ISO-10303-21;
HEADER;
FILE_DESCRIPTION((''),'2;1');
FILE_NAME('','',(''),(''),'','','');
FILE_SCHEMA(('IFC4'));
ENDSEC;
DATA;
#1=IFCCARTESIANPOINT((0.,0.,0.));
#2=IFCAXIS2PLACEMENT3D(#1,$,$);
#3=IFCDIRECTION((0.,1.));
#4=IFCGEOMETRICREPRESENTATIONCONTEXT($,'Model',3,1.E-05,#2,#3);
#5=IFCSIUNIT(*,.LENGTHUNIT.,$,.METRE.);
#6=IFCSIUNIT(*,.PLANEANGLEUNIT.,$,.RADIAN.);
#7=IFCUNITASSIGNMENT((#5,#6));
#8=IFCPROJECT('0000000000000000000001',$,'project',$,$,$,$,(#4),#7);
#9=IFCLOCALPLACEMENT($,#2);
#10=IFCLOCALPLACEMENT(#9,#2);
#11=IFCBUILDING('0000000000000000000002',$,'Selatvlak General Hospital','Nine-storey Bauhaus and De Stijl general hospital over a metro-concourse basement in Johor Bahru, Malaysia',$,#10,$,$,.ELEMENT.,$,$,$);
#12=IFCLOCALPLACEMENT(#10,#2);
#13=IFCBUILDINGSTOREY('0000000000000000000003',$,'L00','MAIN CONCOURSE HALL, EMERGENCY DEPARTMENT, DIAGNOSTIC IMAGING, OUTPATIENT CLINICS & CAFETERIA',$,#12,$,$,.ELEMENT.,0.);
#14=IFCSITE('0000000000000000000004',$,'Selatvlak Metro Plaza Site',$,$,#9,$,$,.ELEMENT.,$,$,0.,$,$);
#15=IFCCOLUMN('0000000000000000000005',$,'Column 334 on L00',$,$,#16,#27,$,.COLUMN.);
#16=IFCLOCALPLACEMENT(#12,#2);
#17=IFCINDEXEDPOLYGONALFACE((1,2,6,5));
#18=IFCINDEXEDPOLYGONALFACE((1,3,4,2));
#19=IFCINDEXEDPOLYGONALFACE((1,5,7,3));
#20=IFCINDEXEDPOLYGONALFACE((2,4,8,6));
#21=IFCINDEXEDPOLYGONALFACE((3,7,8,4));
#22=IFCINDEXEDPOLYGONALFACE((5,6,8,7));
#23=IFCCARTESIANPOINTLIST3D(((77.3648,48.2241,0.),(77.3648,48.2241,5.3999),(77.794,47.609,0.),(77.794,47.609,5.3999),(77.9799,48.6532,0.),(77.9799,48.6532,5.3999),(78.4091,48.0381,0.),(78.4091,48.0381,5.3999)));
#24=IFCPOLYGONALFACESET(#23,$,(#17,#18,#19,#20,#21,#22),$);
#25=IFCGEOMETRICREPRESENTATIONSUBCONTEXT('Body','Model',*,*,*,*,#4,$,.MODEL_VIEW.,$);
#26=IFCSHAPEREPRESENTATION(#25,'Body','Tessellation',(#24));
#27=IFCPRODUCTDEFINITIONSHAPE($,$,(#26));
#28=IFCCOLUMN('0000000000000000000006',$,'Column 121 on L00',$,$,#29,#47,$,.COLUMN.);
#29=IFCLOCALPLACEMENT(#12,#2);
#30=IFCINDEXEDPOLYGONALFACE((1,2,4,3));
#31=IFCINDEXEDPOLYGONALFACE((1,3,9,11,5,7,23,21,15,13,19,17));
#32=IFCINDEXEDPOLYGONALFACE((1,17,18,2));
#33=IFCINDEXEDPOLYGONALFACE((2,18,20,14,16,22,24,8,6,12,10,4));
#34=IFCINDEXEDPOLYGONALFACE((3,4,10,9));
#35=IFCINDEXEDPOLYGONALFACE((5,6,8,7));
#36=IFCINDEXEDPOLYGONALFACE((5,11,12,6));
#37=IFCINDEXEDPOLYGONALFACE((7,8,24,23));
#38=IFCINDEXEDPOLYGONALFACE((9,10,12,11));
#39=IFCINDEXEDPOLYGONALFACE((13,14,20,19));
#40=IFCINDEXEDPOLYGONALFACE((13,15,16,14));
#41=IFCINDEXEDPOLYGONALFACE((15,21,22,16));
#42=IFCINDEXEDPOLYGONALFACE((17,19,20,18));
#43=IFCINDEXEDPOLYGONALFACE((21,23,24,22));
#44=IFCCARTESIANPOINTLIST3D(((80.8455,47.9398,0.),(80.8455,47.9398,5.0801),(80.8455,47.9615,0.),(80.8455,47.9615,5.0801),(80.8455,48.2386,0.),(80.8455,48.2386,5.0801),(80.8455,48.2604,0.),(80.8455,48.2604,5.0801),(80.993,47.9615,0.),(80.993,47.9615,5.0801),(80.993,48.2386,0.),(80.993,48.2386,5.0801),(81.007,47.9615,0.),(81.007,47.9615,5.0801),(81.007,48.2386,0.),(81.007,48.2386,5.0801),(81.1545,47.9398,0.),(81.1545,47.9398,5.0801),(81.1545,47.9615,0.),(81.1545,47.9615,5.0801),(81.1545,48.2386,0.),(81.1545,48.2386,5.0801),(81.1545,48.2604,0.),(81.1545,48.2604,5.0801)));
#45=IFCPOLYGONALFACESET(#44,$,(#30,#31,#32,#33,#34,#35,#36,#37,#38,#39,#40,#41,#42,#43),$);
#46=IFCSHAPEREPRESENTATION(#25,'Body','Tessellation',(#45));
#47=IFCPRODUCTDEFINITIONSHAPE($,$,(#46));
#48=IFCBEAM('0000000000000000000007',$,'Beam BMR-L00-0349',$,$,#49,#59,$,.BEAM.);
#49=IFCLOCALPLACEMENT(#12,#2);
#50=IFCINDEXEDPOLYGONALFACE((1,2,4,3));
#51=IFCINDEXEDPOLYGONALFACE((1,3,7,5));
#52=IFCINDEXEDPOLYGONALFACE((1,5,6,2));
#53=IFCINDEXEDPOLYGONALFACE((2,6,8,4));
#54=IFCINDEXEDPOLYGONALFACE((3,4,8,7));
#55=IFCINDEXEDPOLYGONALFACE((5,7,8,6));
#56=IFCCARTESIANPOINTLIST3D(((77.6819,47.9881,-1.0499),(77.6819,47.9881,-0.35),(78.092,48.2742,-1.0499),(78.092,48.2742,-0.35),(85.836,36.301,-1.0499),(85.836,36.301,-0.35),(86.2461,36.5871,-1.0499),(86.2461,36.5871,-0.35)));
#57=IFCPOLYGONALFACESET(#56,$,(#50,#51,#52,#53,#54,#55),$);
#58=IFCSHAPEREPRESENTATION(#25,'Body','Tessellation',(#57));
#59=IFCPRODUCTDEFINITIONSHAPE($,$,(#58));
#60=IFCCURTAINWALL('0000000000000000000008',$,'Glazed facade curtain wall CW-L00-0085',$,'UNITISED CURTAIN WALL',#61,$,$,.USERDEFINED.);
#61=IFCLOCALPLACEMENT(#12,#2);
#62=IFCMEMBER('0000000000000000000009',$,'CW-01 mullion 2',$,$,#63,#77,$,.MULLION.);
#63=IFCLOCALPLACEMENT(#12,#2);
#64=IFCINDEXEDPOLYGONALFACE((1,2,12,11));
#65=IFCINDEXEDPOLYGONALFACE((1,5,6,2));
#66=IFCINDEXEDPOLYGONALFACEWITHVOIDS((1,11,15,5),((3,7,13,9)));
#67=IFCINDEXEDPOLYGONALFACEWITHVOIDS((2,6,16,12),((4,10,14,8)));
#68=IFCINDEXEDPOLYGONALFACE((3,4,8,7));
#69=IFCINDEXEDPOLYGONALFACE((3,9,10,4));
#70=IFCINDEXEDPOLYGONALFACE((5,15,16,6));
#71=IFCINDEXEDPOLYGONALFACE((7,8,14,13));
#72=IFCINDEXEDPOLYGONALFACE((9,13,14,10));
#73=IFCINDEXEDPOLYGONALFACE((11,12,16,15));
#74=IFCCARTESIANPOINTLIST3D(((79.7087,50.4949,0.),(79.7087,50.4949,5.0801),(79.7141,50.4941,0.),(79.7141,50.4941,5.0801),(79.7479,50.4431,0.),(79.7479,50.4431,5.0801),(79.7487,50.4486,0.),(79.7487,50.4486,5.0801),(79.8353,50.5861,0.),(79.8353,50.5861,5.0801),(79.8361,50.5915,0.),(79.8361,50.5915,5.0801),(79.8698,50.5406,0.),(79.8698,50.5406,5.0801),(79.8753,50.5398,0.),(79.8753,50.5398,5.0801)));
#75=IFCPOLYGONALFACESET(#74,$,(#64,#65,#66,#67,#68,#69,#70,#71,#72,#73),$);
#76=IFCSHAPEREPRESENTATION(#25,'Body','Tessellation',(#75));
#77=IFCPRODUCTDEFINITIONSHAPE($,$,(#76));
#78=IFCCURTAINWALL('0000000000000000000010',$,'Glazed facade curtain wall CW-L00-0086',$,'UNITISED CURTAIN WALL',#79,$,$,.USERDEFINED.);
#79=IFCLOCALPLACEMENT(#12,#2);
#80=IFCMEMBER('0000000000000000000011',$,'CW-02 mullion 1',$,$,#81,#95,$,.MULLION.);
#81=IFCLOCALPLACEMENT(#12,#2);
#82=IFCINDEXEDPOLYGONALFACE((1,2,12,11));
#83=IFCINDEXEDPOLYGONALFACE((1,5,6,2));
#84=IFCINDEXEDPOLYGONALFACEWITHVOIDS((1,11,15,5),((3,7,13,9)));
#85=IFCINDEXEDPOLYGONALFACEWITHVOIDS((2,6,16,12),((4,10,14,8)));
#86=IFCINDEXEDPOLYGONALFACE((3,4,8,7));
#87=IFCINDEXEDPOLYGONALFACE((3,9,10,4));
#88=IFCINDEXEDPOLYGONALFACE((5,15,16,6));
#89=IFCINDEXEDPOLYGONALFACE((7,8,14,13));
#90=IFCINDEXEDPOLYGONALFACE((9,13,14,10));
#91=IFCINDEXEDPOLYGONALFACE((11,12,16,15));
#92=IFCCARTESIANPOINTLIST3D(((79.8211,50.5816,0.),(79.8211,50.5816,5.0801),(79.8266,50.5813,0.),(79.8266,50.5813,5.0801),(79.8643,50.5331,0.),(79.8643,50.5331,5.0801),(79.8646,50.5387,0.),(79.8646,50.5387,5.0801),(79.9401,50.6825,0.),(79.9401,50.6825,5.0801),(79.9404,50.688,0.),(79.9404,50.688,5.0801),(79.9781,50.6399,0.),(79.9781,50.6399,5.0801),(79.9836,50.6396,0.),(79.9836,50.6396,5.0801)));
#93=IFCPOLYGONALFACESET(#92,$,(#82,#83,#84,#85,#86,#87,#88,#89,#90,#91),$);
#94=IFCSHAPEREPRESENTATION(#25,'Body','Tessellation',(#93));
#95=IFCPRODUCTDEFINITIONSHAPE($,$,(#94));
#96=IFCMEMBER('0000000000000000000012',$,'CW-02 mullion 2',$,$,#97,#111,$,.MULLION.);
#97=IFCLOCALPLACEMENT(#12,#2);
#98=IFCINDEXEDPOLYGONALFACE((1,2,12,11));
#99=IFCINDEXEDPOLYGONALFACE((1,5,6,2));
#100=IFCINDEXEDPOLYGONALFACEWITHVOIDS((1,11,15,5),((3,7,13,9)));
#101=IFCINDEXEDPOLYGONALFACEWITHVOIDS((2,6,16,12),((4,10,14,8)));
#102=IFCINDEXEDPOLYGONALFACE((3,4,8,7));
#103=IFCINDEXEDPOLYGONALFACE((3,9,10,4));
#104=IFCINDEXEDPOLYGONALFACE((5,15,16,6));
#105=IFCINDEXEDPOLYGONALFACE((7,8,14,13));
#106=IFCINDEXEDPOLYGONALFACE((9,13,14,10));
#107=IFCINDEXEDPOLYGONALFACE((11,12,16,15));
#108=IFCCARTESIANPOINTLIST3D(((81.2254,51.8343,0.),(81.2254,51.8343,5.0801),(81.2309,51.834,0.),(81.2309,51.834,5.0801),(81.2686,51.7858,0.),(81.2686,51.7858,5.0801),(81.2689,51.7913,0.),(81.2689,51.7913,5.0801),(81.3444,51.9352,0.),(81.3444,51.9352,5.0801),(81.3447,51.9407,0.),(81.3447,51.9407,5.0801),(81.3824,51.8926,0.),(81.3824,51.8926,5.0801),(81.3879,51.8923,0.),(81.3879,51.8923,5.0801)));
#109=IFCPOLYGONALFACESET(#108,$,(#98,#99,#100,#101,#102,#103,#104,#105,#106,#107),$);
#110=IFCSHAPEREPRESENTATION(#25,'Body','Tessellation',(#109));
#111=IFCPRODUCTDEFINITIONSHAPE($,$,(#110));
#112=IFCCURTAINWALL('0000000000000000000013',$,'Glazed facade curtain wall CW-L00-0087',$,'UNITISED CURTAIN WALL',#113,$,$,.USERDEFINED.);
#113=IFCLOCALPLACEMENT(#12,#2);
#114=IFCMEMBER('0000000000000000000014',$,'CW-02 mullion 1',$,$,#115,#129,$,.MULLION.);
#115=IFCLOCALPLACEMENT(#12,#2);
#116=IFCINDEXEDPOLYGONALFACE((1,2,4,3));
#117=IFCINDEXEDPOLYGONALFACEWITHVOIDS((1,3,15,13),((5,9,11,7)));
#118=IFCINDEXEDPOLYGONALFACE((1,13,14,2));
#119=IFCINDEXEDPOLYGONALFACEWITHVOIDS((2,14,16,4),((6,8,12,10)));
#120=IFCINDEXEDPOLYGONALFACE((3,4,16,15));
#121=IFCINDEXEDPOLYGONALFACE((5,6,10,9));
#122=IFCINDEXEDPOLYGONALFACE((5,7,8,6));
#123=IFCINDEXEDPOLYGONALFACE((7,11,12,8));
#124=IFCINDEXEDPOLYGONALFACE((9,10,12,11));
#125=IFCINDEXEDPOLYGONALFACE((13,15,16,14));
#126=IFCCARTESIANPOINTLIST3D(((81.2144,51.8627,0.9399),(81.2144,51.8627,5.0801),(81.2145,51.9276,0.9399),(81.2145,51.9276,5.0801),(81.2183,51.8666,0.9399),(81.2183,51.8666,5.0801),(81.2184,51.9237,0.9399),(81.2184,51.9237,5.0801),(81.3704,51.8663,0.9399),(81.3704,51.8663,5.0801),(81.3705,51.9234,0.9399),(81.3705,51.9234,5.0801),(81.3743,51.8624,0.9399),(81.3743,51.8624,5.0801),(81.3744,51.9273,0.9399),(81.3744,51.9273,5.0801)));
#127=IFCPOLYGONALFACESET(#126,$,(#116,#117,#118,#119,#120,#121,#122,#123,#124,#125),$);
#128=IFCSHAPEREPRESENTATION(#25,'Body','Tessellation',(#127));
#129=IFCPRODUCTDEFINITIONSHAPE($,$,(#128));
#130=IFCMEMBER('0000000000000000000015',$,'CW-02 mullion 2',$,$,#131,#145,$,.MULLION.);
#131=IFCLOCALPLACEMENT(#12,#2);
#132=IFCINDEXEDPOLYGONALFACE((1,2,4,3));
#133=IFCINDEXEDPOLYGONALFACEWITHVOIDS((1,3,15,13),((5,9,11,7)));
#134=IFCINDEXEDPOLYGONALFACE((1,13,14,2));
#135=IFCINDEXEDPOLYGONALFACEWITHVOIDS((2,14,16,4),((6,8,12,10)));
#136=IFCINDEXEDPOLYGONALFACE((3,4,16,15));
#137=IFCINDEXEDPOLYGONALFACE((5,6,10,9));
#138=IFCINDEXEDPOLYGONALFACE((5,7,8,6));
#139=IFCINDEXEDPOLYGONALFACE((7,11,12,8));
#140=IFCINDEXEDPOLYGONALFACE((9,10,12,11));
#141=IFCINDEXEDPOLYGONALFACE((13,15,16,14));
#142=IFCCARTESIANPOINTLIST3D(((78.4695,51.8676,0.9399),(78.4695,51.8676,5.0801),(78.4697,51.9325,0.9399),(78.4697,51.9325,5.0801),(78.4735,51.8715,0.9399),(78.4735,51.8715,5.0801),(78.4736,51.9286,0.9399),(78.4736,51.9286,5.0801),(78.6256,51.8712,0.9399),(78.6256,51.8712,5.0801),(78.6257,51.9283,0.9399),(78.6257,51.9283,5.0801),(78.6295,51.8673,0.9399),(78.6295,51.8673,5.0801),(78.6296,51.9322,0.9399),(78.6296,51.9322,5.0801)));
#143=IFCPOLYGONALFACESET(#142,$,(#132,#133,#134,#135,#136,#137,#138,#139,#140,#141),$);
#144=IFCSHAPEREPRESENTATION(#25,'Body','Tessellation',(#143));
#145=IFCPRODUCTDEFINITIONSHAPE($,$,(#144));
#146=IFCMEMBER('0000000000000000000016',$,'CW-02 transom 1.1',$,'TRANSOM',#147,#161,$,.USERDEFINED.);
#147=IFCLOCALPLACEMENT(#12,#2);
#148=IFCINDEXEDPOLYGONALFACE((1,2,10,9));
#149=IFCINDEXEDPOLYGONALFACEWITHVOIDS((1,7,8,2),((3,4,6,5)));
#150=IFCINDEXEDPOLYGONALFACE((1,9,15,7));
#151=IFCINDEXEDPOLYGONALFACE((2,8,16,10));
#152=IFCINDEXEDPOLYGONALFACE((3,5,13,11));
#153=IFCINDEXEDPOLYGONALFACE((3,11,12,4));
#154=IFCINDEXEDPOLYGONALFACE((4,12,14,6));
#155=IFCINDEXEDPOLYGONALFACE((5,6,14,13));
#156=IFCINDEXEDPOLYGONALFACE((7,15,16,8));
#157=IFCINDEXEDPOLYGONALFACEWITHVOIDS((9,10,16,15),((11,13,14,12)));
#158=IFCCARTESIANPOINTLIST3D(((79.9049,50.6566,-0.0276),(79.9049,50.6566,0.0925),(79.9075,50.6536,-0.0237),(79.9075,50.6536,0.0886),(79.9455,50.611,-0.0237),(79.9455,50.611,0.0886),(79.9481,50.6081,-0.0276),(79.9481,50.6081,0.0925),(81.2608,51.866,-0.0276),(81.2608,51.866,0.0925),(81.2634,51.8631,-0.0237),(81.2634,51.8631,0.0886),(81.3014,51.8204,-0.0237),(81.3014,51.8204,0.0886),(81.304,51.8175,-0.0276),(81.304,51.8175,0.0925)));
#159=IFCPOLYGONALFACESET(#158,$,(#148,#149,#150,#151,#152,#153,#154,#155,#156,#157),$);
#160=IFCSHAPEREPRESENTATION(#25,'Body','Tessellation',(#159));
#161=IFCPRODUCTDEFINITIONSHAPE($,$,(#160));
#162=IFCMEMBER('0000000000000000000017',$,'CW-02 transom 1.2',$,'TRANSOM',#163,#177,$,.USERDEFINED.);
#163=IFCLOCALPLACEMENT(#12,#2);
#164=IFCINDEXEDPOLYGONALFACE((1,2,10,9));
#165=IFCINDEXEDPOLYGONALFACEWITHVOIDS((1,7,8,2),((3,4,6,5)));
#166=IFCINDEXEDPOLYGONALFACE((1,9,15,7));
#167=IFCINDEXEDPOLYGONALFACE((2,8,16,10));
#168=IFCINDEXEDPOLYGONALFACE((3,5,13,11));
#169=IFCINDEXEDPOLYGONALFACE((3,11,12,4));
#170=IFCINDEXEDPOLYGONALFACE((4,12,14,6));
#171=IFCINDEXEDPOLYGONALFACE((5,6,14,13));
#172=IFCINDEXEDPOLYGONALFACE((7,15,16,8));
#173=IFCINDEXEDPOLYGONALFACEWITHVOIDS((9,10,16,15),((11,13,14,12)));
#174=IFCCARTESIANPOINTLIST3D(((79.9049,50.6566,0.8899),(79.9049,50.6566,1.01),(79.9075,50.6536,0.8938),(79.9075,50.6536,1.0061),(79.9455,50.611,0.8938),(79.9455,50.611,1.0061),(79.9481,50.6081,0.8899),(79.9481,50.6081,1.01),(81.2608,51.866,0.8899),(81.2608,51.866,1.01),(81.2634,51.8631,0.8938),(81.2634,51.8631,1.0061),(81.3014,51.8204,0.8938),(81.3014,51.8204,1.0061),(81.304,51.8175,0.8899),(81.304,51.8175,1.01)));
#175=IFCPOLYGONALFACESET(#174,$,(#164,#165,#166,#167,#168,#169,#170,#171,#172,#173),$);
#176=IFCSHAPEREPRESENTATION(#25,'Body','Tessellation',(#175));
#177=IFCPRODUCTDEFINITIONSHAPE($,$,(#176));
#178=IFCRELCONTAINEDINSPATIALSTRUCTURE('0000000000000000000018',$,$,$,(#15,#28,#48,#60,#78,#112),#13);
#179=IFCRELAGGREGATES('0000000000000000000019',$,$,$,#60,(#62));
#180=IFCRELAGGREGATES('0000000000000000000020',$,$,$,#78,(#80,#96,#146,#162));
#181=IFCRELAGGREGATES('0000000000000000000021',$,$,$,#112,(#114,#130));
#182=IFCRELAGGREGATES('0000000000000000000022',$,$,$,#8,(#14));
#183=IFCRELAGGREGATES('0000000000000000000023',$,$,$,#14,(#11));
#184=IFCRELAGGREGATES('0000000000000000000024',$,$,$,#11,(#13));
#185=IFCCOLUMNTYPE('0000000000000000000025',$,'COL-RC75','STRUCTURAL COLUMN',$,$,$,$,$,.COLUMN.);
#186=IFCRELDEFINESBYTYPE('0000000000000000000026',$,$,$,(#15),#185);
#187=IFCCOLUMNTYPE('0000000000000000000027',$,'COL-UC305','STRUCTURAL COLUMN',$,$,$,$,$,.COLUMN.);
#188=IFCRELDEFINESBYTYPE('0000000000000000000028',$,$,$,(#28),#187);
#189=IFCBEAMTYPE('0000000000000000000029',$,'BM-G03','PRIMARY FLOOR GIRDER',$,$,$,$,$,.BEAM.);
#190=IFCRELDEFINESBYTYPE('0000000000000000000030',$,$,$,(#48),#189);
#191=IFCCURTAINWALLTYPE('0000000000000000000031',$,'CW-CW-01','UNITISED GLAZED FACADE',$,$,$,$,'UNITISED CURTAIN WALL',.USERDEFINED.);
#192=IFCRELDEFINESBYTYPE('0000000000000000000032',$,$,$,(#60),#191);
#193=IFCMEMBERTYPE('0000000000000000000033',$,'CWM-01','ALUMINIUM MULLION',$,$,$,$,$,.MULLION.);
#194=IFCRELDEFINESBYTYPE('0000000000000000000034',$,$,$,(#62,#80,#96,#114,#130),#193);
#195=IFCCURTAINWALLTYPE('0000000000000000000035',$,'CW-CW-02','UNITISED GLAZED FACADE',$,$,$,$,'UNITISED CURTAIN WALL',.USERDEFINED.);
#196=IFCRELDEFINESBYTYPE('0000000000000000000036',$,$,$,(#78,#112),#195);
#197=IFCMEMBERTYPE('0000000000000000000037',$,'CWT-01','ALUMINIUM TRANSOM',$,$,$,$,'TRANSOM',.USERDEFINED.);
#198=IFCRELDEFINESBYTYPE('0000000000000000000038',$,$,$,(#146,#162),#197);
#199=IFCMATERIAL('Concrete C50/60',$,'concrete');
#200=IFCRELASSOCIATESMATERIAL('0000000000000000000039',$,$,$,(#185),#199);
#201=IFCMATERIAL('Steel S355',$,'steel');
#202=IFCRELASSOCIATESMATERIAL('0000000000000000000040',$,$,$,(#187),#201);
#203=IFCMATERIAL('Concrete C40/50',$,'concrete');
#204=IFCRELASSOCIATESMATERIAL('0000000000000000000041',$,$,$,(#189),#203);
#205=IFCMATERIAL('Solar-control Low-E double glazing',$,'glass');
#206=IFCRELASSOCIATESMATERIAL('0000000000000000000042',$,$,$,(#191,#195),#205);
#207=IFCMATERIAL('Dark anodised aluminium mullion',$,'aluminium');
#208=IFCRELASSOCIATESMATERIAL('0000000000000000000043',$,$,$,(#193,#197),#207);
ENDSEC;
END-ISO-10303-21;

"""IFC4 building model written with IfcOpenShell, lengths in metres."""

from ifc_helpers import new_model, si_unit, direction, frame, origin, origin_2d, place, context, subcontext, project, spatial, rectangle, hollow_rectangle, i_section, extrude, material, material_profile, profile_set, type_object, element, aggregate, save


model = new_model("IFC4")

# Units and contexts
model_context = context("Model", 3, precision=1e-05, world=origin(), true_north=direction((0.0, 1.0)))
body_context = subcontext(model_context, "Body", "Model", "MODEL_VIEW")
ifc_project = project(units=[si_unit("LENGTHUNIT", "METRE"), si_unit("PLANEANGLEUNIT", "RADIAN")], contexts=[model_context])

# Site, building, storey
site_placement = place(None, origin())
site = spatial("IfcSite", under=ifc_project, at=site_placement, Name="Selatvlak Metro Plaza Site", CompositionType="ELEMENT", RefElevation=0.0)
building_placement = place(site_placement, origin())
building = spatial("IfcBuilding", under=site, at=building_placement, Name="Selatvlak General Hospital", Description="Nine-storey Bauhaus and De Stijl general hospital over a metro-concourse basement in Johor Bahru, Malaysia", CompositionType="ELEMENT")
storey_placement = place(building_placement, origin())
storey = spatial("IfcBuildingStorey", under=building, at=storey_placement, Name="L00", Description="MAIN CONCOURSE HALL, EMERGENCY DEPARTMENT, DIAGNOSTIC IMAGING, OUTPATIENT CLINICS & CAFETERIA", CompositionType="ELEMENT", Elevation=0.0)

# Columns
ifc_material_1 = material(Name="Concrete C50/60", Category="concrete")
ifc_material_profile_1 = material_profile(ifc_material_1, rectangle(XDim=0.75, YDim=0.75, at=origin_2d()), Name="RC-COL 750x750")
ifc_profile_set_1 = profile_set([ifc_material_profile_1], Name="Concrete C50/60")
column_type_1 = type_object("IfcColumnType", Name="COL-RC75", Description="STRUCTURAL COLUMN", PredefinedType="COLUMN", material=ifc_profile_set_1)
column_1_placement = place(storey_placement, frame((77.887, 48.1311, 0.0), z_axis=(0.0, 0.0, 1.0), x_axis=(-0.572189, 0.820122, 0.0)))
element("IfcColumn", 1, at=column_1_placement, inside=storey, type_object=column_type_1, Name="Column 334 on L00", PredefinedType="COLUMN", context=body_context, shape_type="SweptSolid", body=[
    extrude(rectangle(XDim=0.75, YDim=0.75, at=origin_2d()), origin(), (0.0, 0.0, 1.0), 5.3999),
])
ifc_material_2 = material(Name="Steel S355", Category="steel")
ifc_material_profile_2 = material_profile(ifc_material_2, i_section(OverallWidth=0.3091, OverallDepth=0.3206, WebThickness=0.0139, FlangeThickness=0.0217, at=origin_2d()), Name="UC 305x305x137")
ifc_profile_set_2 = profile_set([ifc_material_profile_2], Name="Steel S355")
column_type_2 = type_object("IfcColumnType", Name="COL-UC305", Description="STRUCTURAL COLUMN", PredefinedType="COLUMN", material=ifc_profile_set_2)
column_2_placement = place(storey_placement, frame((81.0, 48.1001, 0.0), z_axis=(0.0, 0.0, 1.0), x_axis=(1.0, 0.0, 0.0)))
element("IfcColumn", 2, at=column_2_placement, inside=storey, type_object=column_type_2, Name="Column 121 on L00", PredefinedType="COLUMN", context=body_context, shape_type="SweptSolid", body=[
    extrude(i_section(OverallWidth=0.3091, OverallDepth=0.3206, WebThickness=0.0139, FlangeThickness=0.0217, at=origin_2d()), origin(), (0.0, 0.0, 1.0), 5.0801),
])

# Beam
ifc_material_3 = material(Name="Concrete C40/50", Category="concrete")
ifc_material_profile_3 = material_profile(ifc_material_3, rectangle(XDim=0.5, YDim=0.7, at=origin_2d()), Name="RC-BM 500x700")
ifc_profile_set_3 = profile_set([ifc_material_profile_3], Name="Concrete C40/50")
beam_type = type_object("IfcBeamType", Name="BM-G03", Description="PRIMARY FLOOR GIRDER", PredefinedType="BEAM", material=ifc_profile_set_3)
beam_placement = place(storey_placement, frame((77.887, 48.1311, -0.7), z_axis=(0.572197, -0.820116, 0.0), x_axis=(0.820116, 0.572197, 0.0)))
element("IfcBeam", 3, at=beam_placement, inside=storey, type_object=beam_type, Name="Beam BMR-L00-0349", PredefinedType="BEAM", context=body_context, shape_type="SweptSolid", body=[
    extrude(rectangle(XDim=0.5, YDim=0.7, at=origin_2d()), origin(), (0.0, 0.0, 1.0), 14.2505),
])

# Curtain wall, member
ifc_material_4 = material(Name="Solar-control Low-E double glazing", Category="glass")
curtain_wall_type_1 = type_object("IfcCurtainWallType", Name="CW-CW-01", Description="UNITISED GLAZED FACADE", ElementType="UNITISED CURTAIN WALL", PredefinedType="USERDEFINED", material=ifc_material_4)
curtain_wall_1_placement = place(storey_placement, origin())
curtain_wall_1 = element("IfcCurtainWall", 4, at=curtain_wall_1_placement, inside=storey, type_object=curtain_wall_type_1, Name="Glazed facade curtain wall CW-L00-0085", ObjectType="UNITISED CURTAIN WALL", PredefinedType="USERDEFINED")
ifc_material_5 = material(Name="Dark anodised aluminium mullion", Category="aluminium")
ifc_material_profile_4 = material_profile(ifc_material_5, hollow_rectangle(XDim=0.0649, YDim=0.1599, WallThickness=0.0039, at=origin_2d()), Name="AL-MUL 65x160x4")
ifc_profile_set_4 = profile_set([ifc_material_profile_4], Name="Dark anodised aluminium mullion")
member_type_1 = type_object("IfcMemberType", Name="CWM-01", Description="ALUMINIUM MULLION", PredefinedType="MULLION", material=ifc_profile_set_4)
member_1_placement = place(storey_placement, frame((79.792, 50.5173, 0.0), z_axis=(0.0, 0.0, 1.0), x_axis=(-0.604515, 0.796594, 0.0)))
member_1 = element("IfcMember", 5, at=member_1_placement, type_object=member_type_1, Name="CW-01 mullion 2", PredefinedType="MULLION", context=body_context, shape_type="SweptSolid", body=[
    extrude(hollow_rectangle(XDim=0.0649, YDim=0.1599, WallThickness=0.0039, at=origin_2d()), origin(), (0.0, 0.0, 1.0), 5.0801),
])

# Curtain walls, members
curtain_wall_type_2 = type_object("IfcCurtainWallType", Name="CW-CW-02", Description="UNITISED GLAZED FACADE", ElementType="UNITISED CURTAIN WALL", PredefinedType="USERDEFINED", material=ifc_material_4)
curtain_wall_2_placement = place(storey_placement, origin())
curtain_wall_2 = element("IfcCurtainWall", 6, at=curtain_wall_2_placement, inside=storey, type_object=curtain_wall_type_2, Name="Glazed facade curtain wall CW-L00-0086", ObjectType="UNITISED CURTAIN WALL", PredefinedType="USERDEFINED")
member_2_placement = place(storey_placement, frame((79.9023, 50.6106, 0.0), z_axis=(0.0, 0.0, 1.0), x_axis=(-0.665638, 0.746275, 0.0)))
member_2 = element("IfcMember", 7, at=member_2_placement, type_object=member_type_1, Name="CW-02 mullion 1", PredefinedType="MULLION", context=body_context, shape_type="SweptSolid", body=[
    extrude(hollow_rectangle(XDim=0.0649, YDim=0.1599, WallThickness=0.0039, at=origin_2d()), origin(), (0.0, 0.0, 1.0), 5.0801),
])
member_3_placement = place(storey_placement, frame((81.3066, 51.8633, 0.0), z_axis=(0.0, 0.0, 1.0), x_axis=(-0.665638, 0.746275, 0.0)))
member_3 = element("IfcMember", 8, at=member_3_placement, type_object=member_type_1, Name="CW-02 mullion 2", PredefinedType="MULLION", context=body_context, shape_type="SweptSolid", body=[
    extrude(hollow_rectangle(XDim=0.0649, YDim=0.1599, WallThickness=0.0039, at=origin_2d()), origin(), (0.0, 0.0, 1.0), 5.0801),
])
curtain_wall_3_placement = place(storey_placement, origin())
curtain_wall_3 = element("IfcCurtainWall", 9, at=curtain_wall_3_placement, inside=storey, type_object=curtain_wall_type_2, Name="Glazed facade curtain wall CW-L00-0087", ObjectType="UNITISED CURTAIN WALL", PredefinedType="USERDEFINED")
member_4_placement = place(storey_placement, frame((81.2944, 51.895, 0.9399), z_axis=(0.0, 0.0, 1.0), x_axis=(-0.0018, -0.999998, 0.0)))
member_4 = element("IfcMember", 10, at=member_4_placement, type_object=member_type_1, Name="CW-02 mullion 1", PredefinedType="MULLION", context=body_context, shape_type="SweptSolid", body=[
    extrude(hollow_rectangle(XDim=0.0649, YDim=0.1599, WallThickness=0.0039, at=origin_2d()), origin(), (0.0, 0.0, 1.0), 4.1401),
])
member_5_placement = place(storey_placement, frame((78.5496, 51.8999, 0.9399), z_axis=(0.0, 0.0, 1.0), x_axis=(-0.0018, -0.999998, 0.0)))
member_5 = element("IfcMember", 11, at=member_5_placement, type_object=member_type_1, Name="CW-02 mullion 2", PredefinedType="MULLION", context=body_context, shape_type="SweptSolid", body=[
    extrude(hollow_rectangle(XDim=0.0649, YDim=0.1599, WallThickness=0.0039, at=origin_2d()), origin(), (0.0, 0.0, 1.0), 4.1401),
])

# Members
ifc_material_profile_5 = material_profile(ifc_material_5, hollow_rectangle(XDim=0.0649, YDim=0.1201, WallThickness=0.0039, at=origin_2d()), Name="AL-TRN 65x120x4")
ifc_profile_set_5 = profile_set([ifc_material_profile_5], Name="Dark anodised aluminium mullion")
member_type_2 = type_object("IfcMemberType", Name="CWT-01", Description="ALUMINIUM TRANSOM", ElementType="TRANSOM", PredefinedType="USERDEFINED", material=ifc_profile_set_5)
member_6_placement = place(storey_placement, frame((79.9265, 50.6323, 0.0325), z_axis=(0.746267, 0.665647, 0.0), x_axis=(-0.665647, 0.746267, 0.0)))
member_6 = element("IfcMember", 12, at=member_6_placement, type_object=member_type_2, Name="CW-02 transom 1.1", ObjectType="TRANSOM", PredefinedType="USERDEFINED", context=body_context, shape_type="SweptSolid", body=[
    extrude(hollow_rectangle(XDim=0.0649, YDim=0.1201, WallThickness=0.0039, at=origin_2d()), origin(), (0.0, 0.0, 1.0), 1.8169),
])
member_7_placement = place(storey_placement, frame((79.9265, 50.6323, 0.95), z_axis=(0.746267, 0.665647, 0.0), x_axis=(-0.665647, 0.746267, 0.0)))
member_7 = element("IfcMember", 13, at=member_7_placement, type_object=member_type_2, Name="CW-02 transom 1.2", ObjectType="TRANSOM", PredefinedType="USERDEFINED", context=body_context, shape_type="SweptSolid", body=[
    extrude(hollow_rectangle(XDim=0.0649, YDim=0.1201, WallThickness=0.0039, at=origin_2d()), origin(), (0.0, 0.0, 1.0), 1.8169),
])

aggregate(curtain_wall_1, [member_1])
aggregate(curtain_wall_2, [member_2, member_3, member_6, member_7])
aggregate(curtain_wall_3, [member_4, member_5])

save(model, "model.ifc")
